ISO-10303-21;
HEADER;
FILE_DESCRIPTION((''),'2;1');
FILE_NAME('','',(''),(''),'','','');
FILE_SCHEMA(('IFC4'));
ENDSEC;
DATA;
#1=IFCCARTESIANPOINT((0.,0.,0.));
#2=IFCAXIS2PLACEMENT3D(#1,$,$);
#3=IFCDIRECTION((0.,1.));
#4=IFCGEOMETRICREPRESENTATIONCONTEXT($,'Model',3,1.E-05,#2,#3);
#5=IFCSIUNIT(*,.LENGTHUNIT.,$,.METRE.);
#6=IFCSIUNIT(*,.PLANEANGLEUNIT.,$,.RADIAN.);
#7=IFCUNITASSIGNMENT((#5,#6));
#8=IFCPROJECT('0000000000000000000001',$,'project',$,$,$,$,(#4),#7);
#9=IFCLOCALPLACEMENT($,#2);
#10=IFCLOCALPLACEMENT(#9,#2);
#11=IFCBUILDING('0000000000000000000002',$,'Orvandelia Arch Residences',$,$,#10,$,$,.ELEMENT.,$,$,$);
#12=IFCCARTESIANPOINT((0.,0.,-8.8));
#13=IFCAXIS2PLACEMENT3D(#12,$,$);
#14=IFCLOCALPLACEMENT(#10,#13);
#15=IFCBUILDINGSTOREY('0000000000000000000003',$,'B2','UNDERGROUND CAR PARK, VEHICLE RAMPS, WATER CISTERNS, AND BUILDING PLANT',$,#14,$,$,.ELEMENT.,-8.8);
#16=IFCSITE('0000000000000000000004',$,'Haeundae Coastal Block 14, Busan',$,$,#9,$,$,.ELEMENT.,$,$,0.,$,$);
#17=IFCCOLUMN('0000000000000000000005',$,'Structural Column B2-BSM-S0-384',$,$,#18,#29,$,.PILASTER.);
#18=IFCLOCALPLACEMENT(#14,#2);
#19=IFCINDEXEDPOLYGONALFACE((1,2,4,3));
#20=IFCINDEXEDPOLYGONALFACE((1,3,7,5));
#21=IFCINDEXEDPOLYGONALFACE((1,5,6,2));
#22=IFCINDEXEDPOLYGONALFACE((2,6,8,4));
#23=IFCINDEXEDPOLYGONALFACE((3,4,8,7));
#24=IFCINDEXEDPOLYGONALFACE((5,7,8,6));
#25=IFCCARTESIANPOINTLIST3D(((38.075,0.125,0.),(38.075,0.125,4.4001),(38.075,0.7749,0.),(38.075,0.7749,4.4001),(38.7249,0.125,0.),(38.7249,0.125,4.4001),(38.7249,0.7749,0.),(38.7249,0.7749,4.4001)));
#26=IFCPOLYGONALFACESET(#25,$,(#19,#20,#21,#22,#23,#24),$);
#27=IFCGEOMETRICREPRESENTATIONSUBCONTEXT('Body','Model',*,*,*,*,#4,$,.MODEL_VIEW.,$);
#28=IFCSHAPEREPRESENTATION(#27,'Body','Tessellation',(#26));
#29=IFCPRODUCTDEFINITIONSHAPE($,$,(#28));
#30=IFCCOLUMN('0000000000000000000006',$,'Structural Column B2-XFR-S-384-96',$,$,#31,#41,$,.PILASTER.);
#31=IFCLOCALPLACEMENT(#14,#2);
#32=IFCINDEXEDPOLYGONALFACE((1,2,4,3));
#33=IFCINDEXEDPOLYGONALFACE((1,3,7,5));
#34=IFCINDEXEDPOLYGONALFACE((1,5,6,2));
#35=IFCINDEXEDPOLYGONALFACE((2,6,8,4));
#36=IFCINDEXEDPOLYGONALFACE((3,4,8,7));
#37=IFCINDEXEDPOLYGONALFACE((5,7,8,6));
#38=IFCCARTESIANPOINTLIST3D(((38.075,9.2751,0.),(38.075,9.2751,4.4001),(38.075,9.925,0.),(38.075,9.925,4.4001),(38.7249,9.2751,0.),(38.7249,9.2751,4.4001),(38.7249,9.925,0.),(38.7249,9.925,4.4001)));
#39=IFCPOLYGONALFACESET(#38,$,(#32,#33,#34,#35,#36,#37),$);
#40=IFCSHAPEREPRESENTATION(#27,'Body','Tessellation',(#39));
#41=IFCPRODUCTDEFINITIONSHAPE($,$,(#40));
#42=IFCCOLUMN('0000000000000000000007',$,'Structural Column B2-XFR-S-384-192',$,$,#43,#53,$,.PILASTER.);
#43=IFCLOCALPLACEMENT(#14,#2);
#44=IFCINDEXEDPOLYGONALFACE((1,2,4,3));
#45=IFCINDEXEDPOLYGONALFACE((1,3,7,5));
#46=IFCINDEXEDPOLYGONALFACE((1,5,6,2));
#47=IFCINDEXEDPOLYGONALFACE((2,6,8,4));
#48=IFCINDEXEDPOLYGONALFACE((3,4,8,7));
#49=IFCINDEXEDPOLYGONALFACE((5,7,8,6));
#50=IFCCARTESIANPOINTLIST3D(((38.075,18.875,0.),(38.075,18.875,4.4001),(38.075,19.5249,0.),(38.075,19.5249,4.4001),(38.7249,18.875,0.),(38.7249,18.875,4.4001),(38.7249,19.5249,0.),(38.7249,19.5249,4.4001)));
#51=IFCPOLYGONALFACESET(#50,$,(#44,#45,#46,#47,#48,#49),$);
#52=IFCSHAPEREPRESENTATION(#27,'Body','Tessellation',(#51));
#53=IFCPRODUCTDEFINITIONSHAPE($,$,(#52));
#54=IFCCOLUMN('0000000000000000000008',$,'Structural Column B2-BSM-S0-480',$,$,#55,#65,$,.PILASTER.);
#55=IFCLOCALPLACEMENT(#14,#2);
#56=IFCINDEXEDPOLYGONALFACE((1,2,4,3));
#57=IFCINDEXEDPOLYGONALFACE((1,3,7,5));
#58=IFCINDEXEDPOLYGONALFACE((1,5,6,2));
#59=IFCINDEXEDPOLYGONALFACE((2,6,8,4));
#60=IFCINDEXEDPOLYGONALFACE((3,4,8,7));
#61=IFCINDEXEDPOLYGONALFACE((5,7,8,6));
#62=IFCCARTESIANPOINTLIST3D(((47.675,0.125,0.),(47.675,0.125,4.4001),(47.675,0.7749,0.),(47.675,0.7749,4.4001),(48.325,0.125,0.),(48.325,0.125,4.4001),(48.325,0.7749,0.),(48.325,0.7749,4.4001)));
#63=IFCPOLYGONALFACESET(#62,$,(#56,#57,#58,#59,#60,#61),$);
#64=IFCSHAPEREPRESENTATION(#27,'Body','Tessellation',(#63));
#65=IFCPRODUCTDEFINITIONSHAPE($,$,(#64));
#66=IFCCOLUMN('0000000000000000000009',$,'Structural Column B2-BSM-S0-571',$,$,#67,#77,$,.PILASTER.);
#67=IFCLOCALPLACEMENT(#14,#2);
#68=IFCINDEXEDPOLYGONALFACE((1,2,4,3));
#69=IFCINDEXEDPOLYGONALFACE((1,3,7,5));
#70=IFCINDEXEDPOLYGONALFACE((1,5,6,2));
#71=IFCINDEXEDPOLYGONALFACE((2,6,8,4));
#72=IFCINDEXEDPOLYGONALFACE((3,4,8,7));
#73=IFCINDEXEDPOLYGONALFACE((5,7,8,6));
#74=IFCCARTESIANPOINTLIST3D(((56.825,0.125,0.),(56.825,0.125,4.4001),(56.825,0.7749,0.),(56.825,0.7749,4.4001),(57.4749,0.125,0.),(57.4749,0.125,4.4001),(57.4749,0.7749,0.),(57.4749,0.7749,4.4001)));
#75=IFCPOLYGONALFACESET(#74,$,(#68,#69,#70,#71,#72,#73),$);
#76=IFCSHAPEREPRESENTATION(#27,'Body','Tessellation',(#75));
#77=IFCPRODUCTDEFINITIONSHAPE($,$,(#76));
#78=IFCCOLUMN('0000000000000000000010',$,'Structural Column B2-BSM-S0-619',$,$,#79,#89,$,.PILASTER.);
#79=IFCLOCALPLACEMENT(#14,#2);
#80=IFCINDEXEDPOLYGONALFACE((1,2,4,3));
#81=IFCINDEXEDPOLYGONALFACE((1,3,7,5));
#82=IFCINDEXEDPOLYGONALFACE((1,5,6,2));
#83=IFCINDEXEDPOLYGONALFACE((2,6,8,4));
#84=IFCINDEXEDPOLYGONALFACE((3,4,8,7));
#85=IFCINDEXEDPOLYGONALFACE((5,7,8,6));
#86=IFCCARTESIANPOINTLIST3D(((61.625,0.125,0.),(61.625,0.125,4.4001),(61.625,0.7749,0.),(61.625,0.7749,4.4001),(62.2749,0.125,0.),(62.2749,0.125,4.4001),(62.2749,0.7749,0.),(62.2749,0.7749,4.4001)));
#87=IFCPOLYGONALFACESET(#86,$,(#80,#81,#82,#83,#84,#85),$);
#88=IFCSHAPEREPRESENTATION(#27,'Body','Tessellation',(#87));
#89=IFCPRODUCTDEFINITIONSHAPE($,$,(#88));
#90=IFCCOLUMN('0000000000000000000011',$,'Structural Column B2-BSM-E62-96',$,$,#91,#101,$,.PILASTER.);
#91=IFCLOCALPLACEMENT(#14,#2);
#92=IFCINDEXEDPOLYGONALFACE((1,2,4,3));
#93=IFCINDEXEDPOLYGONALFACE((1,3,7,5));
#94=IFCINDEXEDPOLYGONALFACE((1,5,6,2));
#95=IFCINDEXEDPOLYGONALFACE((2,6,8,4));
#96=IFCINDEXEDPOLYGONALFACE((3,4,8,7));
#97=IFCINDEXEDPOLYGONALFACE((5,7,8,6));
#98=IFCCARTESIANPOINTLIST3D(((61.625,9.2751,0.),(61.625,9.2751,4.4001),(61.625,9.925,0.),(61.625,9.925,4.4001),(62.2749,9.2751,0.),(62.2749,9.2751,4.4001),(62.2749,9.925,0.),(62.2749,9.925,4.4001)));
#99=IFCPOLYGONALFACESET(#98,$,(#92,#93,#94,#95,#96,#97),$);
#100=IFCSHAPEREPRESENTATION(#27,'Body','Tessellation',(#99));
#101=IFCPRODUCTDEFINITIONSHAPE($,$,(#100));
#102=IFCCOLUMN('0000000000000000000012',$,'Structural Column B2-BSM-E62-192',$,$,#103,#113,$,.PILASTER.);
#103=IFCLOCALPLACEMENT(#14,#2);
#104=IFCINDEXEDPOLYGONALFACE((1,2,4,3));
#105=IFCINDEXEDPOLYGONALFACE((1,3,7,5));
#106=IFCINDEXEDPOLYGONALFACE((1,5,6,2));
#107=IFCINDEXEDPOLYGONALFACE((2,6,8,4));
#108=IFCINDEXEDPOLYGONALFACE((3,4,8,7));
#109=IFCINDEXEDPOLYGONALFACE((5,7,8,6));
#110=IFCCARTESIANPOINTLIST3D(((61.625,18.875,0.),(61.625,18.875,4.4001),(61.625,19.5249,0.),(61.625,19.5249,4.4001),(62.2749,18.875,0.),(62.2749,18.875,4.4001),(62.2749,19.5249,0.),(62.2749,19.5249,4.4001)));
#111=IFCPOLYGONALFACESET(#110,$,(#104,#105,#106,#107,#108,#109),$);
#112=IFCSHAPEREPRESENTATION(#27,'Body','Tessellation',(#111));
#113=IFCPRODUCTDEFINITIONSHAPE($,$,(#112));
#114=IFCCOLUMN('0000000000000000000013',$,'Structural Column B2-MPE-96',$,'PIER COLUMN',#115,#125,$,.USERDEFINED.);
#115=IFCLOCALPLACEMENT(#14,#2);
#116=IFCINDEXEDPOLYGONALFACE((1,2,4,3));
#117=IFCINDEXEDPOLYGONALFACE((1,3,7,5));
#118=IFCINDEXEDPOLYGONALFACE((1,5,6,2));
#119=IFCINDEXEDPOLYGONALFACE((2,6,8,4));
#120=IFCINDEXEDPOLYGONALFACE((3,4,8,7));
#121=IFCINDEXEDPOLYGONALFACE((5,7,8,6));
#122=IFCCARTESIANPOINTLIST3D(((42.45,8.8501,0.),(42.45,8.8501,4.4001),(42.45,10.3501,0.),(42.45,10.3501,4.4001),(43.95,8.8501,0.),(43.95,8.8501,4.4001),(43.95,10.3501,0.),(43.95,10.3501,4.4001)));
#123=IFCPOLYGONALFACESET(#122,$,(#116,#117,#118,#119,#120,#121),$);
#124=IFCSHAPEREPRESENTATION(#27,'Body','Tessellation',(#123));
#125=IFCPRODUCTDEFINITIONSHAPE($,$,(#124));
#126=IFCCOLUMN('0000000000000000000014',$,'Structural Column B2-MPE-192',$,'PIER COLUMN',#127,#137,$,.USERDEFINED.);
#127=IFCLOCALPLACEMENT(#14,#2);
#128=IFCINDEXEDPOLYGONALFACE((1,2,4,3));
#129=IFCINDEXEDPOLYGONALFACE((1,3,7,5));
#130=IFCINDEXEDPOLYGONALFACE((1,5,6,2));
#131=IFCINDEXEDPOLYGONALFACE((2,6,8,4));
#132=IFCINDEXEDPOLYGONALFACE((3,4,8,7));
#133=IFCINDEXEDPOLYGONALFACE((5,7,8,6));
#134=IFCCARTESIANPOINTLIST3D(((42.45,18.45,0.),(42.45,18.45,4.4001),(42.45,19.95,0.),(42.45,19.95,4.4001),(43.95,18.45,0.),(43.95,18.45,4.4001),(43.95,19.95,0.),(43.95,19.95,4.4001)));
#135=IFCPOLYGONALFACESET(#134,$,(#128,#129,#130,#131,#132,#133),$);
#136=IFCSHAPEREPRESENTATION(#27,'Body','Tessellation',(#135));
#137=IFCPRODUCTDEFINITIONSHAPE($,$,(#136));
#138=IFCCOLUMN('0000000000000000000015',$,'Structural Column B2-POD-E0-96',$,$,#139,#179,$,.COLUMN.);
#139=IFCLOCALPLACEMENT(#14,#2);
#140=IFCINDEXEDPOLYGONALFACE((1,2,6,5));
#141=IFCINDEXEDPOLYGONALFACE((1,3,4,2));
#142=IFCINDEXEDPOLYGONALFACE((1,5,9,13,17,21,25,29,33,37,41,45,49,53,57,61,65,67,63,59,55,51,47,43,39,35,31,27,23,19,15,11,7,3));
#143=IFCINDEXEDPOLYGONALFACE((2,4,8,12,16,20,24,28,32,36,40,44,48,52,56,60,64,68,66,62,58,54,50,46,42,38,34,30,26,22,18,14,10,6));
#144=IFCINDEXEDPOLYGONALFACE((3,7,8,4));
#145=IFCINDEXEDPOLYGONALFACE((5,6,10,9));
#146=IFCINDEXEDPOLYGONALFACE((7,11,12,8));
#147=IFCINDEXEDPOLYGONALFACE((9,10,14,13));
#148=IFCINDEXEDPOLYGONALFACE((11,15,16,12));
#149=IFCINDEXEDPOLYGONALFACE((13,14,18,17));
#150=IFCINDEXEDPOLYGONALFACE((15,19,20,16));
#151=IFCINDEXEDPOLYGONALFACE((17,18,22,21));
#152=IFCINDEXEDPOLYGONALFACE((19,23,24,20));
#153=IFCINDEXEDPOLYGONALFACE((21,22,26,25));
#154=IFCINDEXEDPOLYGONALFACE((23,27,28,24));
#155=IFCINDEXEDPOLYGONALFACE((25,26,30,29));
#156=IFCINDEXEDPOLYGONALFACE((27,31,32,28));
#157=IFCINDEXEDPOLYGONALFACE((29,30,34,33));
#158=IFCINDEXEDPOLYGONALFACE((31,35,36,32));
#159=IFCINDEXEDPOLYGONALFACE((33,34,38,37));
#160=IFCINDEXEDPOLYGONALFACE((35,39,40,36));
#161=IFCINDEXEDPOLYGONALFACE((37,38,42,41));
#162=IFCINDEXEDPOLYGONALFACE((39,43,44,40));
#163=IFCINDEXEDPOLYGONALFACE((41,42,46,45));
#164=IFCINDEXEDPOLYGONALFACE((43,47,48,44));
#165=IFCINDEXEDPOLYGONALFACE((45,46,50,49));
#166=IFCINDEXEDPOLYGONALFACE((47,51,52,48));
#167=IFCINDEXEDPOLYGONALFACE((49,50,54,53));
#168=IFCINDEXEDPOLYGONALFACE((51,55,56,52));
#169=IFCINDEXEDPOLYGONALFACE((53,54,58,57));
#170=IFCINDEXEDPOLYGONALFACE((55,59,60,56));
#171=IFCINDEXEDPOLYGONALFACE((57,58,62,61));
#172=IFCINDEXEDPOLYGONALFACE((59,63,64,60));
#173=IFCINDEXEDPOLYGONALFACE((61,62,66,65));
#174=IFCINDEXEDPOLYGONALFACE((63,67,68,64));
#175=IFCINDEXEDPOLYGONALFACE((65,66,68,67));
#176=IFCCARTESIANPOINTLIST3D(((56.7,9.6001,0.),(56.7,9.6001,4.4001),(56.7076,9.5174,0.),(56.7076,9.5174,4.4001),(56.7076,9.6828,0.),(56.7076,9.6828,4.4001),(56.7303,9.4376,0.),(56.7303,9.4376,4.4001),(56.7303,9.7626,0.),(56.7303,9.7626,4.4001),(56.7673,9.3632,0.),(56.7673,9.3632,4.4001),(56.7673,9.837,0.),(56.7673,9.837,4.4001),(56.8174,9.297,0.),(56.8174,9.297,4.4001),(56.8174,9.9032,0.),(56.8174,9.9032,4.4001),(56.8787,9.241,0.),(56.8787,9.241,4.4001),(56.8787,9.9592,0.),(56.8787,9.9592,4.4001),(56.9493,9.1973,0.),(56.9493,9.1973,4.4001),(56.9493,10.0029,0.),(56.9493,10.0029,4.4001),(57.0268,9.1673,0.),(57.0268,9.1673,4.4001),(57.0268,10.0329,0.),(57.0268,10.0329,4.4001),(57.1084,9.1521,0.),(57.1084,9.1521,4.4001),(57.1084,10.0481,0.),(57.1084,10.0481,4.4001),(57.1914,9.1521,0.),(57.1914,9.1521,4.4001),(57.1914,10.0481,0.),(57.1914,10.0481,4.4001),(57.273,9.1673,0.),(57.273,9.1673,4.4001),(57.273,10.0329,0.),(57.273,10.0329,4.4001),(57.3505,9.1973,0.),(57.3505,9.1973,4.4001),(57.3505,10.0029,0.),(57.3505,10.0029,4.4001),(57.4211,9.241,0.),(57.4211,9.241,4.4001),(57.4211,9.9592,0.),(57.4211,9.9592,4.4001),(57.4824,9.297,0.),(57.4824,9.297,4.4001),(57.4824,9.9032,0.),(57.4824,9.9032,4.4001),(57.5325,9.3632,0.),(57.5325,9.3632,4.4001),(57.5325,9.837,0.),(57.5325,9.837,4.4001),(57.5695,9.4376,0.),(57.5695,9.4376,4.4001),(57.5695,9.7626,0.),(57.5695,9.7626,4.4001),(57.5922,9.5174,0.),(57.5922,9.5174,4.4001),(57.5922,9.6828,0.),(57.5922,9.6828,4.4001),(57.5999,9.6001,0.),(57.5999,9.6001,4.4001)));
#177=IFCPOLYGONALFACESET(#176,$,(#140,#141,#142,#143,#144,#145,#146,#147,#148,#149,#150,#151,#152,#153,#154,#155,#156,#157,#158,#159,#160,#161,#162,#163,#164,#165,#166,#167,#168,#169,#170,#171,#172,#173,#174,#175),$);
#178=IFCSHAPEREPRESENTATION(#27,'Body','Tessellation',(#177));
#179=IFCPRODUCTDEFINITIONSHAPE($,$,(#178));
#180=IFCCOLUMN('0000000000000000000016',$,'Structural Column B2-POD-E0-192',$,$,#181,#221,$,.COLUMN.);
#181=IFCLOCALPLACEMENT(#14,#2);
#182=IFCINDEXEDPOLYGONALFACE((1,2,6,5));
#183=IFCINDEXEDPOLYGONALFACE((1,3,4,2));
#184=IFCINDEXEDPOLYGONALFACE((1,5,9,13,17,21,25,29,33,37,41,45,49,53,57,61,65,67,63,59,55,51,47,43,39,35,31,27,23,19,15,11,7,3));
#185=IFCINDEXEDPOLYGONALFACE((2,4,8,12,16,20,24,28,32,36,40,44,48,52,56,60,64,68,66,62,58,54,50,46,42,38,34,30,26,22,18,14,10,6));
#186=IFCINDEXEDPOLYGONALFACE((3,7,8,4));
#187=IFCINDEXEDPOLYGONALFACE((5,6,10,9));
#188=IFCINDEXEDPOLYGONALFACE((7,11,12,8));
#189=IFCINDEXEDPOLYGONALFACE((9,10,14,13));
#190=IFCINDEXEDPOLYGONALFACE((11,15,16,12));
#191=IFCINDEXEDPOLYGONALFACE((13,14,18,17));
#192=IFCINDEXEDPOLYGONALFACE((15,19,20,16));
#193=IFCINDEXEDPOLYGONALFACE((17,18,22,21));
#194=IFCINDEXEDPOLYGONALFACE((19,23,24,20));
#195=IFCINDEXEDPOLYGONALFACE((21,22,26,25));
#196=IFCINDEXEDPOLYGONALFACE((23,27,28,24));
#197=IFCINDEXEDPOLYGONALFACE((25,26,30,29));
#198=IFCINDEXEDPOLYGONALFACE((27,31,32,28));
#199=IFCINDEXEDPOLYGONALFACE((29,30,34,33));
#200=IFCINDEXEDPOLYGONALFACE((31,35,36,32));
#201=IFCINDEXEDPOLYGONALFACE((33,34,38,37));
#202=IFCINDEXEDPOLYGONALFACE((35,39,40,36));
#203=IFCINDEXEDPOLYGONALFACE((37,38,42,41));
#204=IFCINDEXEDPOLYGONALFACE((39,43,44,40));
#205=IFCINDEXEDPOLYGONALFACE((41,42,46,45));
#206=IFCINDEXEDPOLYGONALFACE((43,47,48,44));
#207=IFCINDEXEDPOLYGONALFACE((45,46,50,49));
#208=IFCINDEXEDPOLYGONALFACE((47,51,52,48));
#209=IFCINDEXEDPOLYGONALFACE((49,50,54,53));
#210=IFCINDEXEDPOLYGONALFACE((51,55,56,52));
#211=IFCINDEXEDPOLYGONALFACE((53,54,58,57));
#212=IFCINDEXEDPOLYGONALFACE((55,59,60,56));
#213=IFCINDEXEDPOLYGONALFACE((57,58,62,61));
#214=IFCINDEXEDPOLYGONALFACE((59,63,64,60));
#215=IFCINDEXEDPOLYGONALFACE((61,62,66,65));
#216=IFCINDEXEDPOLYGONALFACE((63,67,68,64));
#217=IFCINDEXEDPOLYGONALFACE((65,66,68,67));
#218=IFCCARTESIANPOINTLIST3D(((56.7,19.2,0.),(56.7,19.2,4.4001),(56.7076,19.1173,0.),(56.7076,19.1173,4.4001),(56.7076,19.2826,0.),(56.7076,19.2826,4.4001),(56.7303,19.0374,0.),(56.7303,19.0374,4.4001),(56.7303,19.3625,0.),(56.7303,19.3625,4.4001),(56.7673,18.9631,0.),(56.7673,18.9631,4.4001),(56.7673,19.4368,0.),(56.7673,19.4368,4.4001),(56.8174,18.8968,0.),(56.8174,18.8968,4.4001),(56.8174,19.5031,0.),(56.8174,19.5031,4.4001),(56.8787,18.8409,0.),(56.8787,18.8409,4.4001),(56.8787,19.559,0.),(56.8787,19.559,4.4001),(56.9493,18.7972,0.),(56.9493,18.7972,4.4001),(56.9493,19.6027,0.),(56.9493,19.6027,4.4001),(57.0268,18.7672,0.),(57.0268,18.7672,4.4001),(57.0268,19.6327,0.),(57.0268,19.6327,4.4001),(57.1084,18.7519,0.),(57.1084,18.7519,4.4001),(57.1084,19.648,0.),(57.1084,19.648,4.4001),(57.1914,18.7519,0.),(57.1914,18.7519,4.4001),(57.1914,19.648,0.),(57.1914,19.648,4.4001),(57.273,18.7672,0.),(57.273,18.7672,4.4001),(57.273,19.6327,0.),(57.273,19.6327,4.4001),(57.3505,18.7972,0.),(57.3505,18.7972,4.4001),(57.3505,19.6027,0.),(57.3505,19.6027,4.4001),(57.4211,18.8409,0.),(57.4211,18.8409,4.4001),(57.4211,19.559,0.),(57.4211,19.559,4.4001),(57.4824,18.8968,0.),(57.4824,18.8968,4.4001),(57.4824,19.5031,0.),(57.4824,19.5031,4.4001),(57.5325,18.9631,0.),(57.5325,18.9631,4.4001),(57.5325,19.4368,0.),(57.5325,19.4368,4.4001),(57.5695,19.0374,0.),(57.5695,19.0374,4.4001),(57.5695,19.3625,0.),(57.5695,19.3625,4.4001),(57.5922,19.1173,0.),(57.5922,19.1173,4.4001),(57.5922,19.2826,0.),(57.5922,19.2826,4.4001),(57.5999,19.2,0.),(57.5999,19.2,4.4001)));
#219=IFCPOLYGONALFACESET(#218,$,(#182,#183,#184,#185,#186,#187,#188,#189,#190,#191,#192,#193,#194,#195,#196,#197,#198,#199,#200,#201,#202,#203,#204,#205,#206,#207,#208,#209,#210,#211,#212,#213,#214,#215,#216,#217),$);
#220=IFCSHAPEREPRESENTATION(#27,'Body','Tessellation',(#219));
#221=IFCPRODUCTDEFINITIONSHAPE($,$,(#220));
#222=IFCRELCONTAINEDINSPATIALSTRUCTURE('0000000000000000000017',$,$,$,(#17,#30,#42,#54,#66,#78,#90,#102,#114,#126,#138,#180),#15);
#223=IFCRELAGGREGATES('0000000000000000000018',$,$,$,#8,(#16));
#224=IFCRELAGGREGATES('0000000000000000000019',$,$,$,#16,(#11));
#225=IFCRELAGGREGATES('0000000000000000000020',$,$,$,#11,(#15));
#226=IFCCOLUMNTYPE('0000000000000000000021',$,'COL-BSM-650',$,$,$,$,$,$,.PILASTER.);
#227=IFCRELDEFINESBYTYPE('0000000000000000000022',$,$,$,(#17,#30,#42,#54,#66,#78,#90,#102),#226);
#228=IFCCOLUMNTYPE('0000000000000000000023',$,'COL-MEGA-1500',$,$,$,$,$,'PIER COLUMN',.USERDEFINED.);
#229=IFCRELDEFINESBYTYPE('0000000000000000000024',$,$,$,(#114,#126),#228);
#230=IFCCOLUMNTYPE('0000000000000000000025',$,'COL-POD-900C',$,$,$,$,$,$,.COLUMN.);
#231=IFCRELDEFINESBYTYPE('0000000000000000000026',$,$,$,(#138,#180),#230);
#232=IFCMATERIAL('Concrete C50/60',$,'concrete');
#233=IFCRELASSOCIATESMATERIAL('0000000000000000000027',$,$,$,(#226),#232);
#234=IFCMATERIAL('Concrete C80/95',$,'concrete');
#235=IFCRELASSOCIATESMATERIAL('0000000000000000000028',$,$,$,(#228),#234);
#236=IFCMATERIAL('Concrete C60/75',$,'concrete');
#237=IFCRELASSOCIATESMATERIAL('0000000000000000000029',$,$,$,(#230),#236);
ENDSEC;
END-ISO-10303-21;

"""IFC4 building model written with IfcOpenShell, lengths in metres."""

from ifc_helpers import new_model, si_unit, direction, frame, origin, origin_2d, place, context, subcontext, project, spatial, rectangle, circle, extrude, material, material_profile, profile_set, type_object, element, save


model = new_model("IFC4")

# Units and contexts
model_context = context("Model", 3, precision=1e-05, world=origin(), true_north=direction((0.0, 1.0)))
body_context = subcontext(model_context, "Body", "Model", "MODEL_VIEW")
ifc_project = project(units=[si_unit("LENGTHUNIT", "METRE"), si_unit("PLANEANGLEUNIT", "RADIAN")], contexts=[model_context])

# Site, building, storey
site_placement = place(None, origin())
site = spatial("IfcSite", under=ifc_project, at=site_placement, Name="Haeundae Coastal Block 14, Busan", CompositionType="ELEMENT", RefElevation=0.0)
building_placement = place(site_placement, origin())
building = spatial("IfcBuilding", under=site, at=building_placement, Name="Orvandelia Arch Residences", CompositionType="ELEMENT")
storey_placement = place(building_placement, frame((0.0, 0.0, -8.8)))
storey = spatial("IfcBuildingStorey", under=building, at=storey_placement, Name="B2", Description="UNDERGROUND CAR PARK, VEHICLE RAMPS, WATER CISTERNS, AND BUILDING PLANT", CompositionType="ELEMENT", Elevation=-8.8)

# Columns
ifc_material_1 = material(Name="Concrete C50/60", Category="concrete")
ifc_material_profile_1 = material_profile(ifc_material_1, rectangle(XDim=0.6499, YDim=0.6499, at=origin_2d()), Name="Concrete C50/60", Category="concrete")
ifc_profile_set_1 = profile_set([ifc_material_profile_1], Name="Concrete C50/60")
column_type_1 = type_object("IfcColumnType", Name="COL-BSM-650", PredefinedType="PILASTER", material=ifc_profile_set_1)
for number, where, z_axis, x_axis, name in (
    (1, (38.3999, 0.45, 0.0), (0.0, 0.0, 1.0), (1.0, 0.0, 0.0), "Structural Column B2-BSM-S0-384"),
    (2, (38.3999, 9.6001, 0.0), (0.0, 0.0, 1.0), (1.0, 0.0, 0.0), "Structural Column B2-XFR-S-384-96"),
    (3, (38.3999, 19.2, 0.0), (0.0, 0.0, 1.0), (1.0, 0.0, 0.0), "Structural Column B2-XFR-S-384-192"),
    (4, (48.0, 0.45, 0.0), (0.0, 0.0, 1.0), (1.0, 0.0, 0.0), "Structural Column B2-BSM-S0-480"),
    (5, (57.1499, 0.45, 0.0), (0.0, 0.0, 1.0), (1.0, 0.0, 0.0), "Structural Column B2-BSM-S0-571"),
    (6, (61.95, 0.45, 0.0), (0.0, 0.0, 1.0), (1.0, 0.0, 0.0), "Structural Column B2-BSM-S0-619"),
    (7, (61.95, 9.6001, 0.0), (0.0, 0.0, 1.0), (1.0, 0.0, 0.0), "Structural Column B2-BSM-E62-96"),
    (8, (61.95, 19.2, 0.0), (0.0, 0.0, 1.0), (1.0, 0.0, 0.0), "Structural Column B2-BSM-E62-192"),
):
    element("IfcColumn", number, at=place(storey_placement, frame(where, z_axis=z_axis, x_axis=x_axis)), inside=storey, type_object=column_type_1, Name=name, PredefinedType="PILASTER", context=body_context, shape_type="SweptSolid", body=[
        extrude(rectangle(XDim=0.6499, YDim=0.6499, at=origin_2d()), origin(), (0.0, 0.0, 1.0), 4.4001),
    ])
ifc_material_2 = material(Name="Concrete C80/95", Category="concrete")
ifc_material_profile_2 = material_profile(ifc_material_2, rectangle(XDim=1.5, YDim=1.5, at=origin_2d()), Name="Concrete C80/95", Category="concrete")
ifc_profile_set_2 = profile_set([ifc_material_profile_2], Name="Concrete C80/95")
column_type_2 = type_object("IfcColumnType", Name="COL-MEGA-1500", ElementType="PIER COLUMN", PredefinedType="USERDEFINED", material=ifc_profile_set_2)
for number, where, z_axis, x_axis, name in (
    (9, (43.2, 9.6001, 0.0), (0.0, 0.0, 1.0), (1.0, 0.0, 0.0), "Structural Column B2-MPE-96"),
    (10, (43.2, 19.2, 0.0), (0.0, 0.0, 1.0), (1.0, 0.0, 0.0), "Structural Column B2-MPE-192"),
):
    element("IfcColumn", number, at=place(storey_placement, frame(where, z_axis=z_axis, x_axis=x_axis)), inside=storey, type_object=column_type_2, Name=name, ObjectType="PIER COLUMN", PredefinedType="USERDEFINED", context=body_context, shape_type="SweptSolid", body=[
        extrude(rectangle(XDim=1.5, YDim=1.5, at=origin_2d()), origin(), (0.0, 0.0, 1.0), 4.4001),
    ])
ifc_material_3 = material(Name="Concrete C60/75", Category="concrete")
ifc_material_profile_3 = material_profile(ifc_material_3, circle(Radius=0.45, at=origin_2d()), Name="Concrete C60/75", Category="concrete")
ifc_profile_set_3 = profile_set([ifc_material_profile_3], Name="Concrete C60/75")
column_type_3 = type_object("IfcColumnType", Name="COL-POD-900C", PredefinedType="COLUMN", material=ifc_profile_set_3)
for number, where, z_axis, x_axis, name in (
    (11, (57.1499, 9.6001, 0.0), (0.0, 0.0, 1.0), (1.0, 0.0, 0.0), "Structural Column B2-POD-E0-96"),
    (12, (57.1499, 19.2, 0.0), (0.0, 0.0, 1.0), (1.0, 0.0, 0.0), "Structural Column B2-POD-E0-192"),
):
    element("IfcColumn", number, at=place(storey_placement, frame(where, z_axis=z_axis, x_axis=x_axis)), inside=storey, type_object=column_type_3, Name=name, PredefinedType="COLUMN", context=body_context, shape_type="SweptSolid", body=[
        extrude(circle(Radius=0.45, at=origin_2d()), origin(), (0.0, 0.0, 1.0), 4.4001),
    ])

save(model, "model.ifc")
